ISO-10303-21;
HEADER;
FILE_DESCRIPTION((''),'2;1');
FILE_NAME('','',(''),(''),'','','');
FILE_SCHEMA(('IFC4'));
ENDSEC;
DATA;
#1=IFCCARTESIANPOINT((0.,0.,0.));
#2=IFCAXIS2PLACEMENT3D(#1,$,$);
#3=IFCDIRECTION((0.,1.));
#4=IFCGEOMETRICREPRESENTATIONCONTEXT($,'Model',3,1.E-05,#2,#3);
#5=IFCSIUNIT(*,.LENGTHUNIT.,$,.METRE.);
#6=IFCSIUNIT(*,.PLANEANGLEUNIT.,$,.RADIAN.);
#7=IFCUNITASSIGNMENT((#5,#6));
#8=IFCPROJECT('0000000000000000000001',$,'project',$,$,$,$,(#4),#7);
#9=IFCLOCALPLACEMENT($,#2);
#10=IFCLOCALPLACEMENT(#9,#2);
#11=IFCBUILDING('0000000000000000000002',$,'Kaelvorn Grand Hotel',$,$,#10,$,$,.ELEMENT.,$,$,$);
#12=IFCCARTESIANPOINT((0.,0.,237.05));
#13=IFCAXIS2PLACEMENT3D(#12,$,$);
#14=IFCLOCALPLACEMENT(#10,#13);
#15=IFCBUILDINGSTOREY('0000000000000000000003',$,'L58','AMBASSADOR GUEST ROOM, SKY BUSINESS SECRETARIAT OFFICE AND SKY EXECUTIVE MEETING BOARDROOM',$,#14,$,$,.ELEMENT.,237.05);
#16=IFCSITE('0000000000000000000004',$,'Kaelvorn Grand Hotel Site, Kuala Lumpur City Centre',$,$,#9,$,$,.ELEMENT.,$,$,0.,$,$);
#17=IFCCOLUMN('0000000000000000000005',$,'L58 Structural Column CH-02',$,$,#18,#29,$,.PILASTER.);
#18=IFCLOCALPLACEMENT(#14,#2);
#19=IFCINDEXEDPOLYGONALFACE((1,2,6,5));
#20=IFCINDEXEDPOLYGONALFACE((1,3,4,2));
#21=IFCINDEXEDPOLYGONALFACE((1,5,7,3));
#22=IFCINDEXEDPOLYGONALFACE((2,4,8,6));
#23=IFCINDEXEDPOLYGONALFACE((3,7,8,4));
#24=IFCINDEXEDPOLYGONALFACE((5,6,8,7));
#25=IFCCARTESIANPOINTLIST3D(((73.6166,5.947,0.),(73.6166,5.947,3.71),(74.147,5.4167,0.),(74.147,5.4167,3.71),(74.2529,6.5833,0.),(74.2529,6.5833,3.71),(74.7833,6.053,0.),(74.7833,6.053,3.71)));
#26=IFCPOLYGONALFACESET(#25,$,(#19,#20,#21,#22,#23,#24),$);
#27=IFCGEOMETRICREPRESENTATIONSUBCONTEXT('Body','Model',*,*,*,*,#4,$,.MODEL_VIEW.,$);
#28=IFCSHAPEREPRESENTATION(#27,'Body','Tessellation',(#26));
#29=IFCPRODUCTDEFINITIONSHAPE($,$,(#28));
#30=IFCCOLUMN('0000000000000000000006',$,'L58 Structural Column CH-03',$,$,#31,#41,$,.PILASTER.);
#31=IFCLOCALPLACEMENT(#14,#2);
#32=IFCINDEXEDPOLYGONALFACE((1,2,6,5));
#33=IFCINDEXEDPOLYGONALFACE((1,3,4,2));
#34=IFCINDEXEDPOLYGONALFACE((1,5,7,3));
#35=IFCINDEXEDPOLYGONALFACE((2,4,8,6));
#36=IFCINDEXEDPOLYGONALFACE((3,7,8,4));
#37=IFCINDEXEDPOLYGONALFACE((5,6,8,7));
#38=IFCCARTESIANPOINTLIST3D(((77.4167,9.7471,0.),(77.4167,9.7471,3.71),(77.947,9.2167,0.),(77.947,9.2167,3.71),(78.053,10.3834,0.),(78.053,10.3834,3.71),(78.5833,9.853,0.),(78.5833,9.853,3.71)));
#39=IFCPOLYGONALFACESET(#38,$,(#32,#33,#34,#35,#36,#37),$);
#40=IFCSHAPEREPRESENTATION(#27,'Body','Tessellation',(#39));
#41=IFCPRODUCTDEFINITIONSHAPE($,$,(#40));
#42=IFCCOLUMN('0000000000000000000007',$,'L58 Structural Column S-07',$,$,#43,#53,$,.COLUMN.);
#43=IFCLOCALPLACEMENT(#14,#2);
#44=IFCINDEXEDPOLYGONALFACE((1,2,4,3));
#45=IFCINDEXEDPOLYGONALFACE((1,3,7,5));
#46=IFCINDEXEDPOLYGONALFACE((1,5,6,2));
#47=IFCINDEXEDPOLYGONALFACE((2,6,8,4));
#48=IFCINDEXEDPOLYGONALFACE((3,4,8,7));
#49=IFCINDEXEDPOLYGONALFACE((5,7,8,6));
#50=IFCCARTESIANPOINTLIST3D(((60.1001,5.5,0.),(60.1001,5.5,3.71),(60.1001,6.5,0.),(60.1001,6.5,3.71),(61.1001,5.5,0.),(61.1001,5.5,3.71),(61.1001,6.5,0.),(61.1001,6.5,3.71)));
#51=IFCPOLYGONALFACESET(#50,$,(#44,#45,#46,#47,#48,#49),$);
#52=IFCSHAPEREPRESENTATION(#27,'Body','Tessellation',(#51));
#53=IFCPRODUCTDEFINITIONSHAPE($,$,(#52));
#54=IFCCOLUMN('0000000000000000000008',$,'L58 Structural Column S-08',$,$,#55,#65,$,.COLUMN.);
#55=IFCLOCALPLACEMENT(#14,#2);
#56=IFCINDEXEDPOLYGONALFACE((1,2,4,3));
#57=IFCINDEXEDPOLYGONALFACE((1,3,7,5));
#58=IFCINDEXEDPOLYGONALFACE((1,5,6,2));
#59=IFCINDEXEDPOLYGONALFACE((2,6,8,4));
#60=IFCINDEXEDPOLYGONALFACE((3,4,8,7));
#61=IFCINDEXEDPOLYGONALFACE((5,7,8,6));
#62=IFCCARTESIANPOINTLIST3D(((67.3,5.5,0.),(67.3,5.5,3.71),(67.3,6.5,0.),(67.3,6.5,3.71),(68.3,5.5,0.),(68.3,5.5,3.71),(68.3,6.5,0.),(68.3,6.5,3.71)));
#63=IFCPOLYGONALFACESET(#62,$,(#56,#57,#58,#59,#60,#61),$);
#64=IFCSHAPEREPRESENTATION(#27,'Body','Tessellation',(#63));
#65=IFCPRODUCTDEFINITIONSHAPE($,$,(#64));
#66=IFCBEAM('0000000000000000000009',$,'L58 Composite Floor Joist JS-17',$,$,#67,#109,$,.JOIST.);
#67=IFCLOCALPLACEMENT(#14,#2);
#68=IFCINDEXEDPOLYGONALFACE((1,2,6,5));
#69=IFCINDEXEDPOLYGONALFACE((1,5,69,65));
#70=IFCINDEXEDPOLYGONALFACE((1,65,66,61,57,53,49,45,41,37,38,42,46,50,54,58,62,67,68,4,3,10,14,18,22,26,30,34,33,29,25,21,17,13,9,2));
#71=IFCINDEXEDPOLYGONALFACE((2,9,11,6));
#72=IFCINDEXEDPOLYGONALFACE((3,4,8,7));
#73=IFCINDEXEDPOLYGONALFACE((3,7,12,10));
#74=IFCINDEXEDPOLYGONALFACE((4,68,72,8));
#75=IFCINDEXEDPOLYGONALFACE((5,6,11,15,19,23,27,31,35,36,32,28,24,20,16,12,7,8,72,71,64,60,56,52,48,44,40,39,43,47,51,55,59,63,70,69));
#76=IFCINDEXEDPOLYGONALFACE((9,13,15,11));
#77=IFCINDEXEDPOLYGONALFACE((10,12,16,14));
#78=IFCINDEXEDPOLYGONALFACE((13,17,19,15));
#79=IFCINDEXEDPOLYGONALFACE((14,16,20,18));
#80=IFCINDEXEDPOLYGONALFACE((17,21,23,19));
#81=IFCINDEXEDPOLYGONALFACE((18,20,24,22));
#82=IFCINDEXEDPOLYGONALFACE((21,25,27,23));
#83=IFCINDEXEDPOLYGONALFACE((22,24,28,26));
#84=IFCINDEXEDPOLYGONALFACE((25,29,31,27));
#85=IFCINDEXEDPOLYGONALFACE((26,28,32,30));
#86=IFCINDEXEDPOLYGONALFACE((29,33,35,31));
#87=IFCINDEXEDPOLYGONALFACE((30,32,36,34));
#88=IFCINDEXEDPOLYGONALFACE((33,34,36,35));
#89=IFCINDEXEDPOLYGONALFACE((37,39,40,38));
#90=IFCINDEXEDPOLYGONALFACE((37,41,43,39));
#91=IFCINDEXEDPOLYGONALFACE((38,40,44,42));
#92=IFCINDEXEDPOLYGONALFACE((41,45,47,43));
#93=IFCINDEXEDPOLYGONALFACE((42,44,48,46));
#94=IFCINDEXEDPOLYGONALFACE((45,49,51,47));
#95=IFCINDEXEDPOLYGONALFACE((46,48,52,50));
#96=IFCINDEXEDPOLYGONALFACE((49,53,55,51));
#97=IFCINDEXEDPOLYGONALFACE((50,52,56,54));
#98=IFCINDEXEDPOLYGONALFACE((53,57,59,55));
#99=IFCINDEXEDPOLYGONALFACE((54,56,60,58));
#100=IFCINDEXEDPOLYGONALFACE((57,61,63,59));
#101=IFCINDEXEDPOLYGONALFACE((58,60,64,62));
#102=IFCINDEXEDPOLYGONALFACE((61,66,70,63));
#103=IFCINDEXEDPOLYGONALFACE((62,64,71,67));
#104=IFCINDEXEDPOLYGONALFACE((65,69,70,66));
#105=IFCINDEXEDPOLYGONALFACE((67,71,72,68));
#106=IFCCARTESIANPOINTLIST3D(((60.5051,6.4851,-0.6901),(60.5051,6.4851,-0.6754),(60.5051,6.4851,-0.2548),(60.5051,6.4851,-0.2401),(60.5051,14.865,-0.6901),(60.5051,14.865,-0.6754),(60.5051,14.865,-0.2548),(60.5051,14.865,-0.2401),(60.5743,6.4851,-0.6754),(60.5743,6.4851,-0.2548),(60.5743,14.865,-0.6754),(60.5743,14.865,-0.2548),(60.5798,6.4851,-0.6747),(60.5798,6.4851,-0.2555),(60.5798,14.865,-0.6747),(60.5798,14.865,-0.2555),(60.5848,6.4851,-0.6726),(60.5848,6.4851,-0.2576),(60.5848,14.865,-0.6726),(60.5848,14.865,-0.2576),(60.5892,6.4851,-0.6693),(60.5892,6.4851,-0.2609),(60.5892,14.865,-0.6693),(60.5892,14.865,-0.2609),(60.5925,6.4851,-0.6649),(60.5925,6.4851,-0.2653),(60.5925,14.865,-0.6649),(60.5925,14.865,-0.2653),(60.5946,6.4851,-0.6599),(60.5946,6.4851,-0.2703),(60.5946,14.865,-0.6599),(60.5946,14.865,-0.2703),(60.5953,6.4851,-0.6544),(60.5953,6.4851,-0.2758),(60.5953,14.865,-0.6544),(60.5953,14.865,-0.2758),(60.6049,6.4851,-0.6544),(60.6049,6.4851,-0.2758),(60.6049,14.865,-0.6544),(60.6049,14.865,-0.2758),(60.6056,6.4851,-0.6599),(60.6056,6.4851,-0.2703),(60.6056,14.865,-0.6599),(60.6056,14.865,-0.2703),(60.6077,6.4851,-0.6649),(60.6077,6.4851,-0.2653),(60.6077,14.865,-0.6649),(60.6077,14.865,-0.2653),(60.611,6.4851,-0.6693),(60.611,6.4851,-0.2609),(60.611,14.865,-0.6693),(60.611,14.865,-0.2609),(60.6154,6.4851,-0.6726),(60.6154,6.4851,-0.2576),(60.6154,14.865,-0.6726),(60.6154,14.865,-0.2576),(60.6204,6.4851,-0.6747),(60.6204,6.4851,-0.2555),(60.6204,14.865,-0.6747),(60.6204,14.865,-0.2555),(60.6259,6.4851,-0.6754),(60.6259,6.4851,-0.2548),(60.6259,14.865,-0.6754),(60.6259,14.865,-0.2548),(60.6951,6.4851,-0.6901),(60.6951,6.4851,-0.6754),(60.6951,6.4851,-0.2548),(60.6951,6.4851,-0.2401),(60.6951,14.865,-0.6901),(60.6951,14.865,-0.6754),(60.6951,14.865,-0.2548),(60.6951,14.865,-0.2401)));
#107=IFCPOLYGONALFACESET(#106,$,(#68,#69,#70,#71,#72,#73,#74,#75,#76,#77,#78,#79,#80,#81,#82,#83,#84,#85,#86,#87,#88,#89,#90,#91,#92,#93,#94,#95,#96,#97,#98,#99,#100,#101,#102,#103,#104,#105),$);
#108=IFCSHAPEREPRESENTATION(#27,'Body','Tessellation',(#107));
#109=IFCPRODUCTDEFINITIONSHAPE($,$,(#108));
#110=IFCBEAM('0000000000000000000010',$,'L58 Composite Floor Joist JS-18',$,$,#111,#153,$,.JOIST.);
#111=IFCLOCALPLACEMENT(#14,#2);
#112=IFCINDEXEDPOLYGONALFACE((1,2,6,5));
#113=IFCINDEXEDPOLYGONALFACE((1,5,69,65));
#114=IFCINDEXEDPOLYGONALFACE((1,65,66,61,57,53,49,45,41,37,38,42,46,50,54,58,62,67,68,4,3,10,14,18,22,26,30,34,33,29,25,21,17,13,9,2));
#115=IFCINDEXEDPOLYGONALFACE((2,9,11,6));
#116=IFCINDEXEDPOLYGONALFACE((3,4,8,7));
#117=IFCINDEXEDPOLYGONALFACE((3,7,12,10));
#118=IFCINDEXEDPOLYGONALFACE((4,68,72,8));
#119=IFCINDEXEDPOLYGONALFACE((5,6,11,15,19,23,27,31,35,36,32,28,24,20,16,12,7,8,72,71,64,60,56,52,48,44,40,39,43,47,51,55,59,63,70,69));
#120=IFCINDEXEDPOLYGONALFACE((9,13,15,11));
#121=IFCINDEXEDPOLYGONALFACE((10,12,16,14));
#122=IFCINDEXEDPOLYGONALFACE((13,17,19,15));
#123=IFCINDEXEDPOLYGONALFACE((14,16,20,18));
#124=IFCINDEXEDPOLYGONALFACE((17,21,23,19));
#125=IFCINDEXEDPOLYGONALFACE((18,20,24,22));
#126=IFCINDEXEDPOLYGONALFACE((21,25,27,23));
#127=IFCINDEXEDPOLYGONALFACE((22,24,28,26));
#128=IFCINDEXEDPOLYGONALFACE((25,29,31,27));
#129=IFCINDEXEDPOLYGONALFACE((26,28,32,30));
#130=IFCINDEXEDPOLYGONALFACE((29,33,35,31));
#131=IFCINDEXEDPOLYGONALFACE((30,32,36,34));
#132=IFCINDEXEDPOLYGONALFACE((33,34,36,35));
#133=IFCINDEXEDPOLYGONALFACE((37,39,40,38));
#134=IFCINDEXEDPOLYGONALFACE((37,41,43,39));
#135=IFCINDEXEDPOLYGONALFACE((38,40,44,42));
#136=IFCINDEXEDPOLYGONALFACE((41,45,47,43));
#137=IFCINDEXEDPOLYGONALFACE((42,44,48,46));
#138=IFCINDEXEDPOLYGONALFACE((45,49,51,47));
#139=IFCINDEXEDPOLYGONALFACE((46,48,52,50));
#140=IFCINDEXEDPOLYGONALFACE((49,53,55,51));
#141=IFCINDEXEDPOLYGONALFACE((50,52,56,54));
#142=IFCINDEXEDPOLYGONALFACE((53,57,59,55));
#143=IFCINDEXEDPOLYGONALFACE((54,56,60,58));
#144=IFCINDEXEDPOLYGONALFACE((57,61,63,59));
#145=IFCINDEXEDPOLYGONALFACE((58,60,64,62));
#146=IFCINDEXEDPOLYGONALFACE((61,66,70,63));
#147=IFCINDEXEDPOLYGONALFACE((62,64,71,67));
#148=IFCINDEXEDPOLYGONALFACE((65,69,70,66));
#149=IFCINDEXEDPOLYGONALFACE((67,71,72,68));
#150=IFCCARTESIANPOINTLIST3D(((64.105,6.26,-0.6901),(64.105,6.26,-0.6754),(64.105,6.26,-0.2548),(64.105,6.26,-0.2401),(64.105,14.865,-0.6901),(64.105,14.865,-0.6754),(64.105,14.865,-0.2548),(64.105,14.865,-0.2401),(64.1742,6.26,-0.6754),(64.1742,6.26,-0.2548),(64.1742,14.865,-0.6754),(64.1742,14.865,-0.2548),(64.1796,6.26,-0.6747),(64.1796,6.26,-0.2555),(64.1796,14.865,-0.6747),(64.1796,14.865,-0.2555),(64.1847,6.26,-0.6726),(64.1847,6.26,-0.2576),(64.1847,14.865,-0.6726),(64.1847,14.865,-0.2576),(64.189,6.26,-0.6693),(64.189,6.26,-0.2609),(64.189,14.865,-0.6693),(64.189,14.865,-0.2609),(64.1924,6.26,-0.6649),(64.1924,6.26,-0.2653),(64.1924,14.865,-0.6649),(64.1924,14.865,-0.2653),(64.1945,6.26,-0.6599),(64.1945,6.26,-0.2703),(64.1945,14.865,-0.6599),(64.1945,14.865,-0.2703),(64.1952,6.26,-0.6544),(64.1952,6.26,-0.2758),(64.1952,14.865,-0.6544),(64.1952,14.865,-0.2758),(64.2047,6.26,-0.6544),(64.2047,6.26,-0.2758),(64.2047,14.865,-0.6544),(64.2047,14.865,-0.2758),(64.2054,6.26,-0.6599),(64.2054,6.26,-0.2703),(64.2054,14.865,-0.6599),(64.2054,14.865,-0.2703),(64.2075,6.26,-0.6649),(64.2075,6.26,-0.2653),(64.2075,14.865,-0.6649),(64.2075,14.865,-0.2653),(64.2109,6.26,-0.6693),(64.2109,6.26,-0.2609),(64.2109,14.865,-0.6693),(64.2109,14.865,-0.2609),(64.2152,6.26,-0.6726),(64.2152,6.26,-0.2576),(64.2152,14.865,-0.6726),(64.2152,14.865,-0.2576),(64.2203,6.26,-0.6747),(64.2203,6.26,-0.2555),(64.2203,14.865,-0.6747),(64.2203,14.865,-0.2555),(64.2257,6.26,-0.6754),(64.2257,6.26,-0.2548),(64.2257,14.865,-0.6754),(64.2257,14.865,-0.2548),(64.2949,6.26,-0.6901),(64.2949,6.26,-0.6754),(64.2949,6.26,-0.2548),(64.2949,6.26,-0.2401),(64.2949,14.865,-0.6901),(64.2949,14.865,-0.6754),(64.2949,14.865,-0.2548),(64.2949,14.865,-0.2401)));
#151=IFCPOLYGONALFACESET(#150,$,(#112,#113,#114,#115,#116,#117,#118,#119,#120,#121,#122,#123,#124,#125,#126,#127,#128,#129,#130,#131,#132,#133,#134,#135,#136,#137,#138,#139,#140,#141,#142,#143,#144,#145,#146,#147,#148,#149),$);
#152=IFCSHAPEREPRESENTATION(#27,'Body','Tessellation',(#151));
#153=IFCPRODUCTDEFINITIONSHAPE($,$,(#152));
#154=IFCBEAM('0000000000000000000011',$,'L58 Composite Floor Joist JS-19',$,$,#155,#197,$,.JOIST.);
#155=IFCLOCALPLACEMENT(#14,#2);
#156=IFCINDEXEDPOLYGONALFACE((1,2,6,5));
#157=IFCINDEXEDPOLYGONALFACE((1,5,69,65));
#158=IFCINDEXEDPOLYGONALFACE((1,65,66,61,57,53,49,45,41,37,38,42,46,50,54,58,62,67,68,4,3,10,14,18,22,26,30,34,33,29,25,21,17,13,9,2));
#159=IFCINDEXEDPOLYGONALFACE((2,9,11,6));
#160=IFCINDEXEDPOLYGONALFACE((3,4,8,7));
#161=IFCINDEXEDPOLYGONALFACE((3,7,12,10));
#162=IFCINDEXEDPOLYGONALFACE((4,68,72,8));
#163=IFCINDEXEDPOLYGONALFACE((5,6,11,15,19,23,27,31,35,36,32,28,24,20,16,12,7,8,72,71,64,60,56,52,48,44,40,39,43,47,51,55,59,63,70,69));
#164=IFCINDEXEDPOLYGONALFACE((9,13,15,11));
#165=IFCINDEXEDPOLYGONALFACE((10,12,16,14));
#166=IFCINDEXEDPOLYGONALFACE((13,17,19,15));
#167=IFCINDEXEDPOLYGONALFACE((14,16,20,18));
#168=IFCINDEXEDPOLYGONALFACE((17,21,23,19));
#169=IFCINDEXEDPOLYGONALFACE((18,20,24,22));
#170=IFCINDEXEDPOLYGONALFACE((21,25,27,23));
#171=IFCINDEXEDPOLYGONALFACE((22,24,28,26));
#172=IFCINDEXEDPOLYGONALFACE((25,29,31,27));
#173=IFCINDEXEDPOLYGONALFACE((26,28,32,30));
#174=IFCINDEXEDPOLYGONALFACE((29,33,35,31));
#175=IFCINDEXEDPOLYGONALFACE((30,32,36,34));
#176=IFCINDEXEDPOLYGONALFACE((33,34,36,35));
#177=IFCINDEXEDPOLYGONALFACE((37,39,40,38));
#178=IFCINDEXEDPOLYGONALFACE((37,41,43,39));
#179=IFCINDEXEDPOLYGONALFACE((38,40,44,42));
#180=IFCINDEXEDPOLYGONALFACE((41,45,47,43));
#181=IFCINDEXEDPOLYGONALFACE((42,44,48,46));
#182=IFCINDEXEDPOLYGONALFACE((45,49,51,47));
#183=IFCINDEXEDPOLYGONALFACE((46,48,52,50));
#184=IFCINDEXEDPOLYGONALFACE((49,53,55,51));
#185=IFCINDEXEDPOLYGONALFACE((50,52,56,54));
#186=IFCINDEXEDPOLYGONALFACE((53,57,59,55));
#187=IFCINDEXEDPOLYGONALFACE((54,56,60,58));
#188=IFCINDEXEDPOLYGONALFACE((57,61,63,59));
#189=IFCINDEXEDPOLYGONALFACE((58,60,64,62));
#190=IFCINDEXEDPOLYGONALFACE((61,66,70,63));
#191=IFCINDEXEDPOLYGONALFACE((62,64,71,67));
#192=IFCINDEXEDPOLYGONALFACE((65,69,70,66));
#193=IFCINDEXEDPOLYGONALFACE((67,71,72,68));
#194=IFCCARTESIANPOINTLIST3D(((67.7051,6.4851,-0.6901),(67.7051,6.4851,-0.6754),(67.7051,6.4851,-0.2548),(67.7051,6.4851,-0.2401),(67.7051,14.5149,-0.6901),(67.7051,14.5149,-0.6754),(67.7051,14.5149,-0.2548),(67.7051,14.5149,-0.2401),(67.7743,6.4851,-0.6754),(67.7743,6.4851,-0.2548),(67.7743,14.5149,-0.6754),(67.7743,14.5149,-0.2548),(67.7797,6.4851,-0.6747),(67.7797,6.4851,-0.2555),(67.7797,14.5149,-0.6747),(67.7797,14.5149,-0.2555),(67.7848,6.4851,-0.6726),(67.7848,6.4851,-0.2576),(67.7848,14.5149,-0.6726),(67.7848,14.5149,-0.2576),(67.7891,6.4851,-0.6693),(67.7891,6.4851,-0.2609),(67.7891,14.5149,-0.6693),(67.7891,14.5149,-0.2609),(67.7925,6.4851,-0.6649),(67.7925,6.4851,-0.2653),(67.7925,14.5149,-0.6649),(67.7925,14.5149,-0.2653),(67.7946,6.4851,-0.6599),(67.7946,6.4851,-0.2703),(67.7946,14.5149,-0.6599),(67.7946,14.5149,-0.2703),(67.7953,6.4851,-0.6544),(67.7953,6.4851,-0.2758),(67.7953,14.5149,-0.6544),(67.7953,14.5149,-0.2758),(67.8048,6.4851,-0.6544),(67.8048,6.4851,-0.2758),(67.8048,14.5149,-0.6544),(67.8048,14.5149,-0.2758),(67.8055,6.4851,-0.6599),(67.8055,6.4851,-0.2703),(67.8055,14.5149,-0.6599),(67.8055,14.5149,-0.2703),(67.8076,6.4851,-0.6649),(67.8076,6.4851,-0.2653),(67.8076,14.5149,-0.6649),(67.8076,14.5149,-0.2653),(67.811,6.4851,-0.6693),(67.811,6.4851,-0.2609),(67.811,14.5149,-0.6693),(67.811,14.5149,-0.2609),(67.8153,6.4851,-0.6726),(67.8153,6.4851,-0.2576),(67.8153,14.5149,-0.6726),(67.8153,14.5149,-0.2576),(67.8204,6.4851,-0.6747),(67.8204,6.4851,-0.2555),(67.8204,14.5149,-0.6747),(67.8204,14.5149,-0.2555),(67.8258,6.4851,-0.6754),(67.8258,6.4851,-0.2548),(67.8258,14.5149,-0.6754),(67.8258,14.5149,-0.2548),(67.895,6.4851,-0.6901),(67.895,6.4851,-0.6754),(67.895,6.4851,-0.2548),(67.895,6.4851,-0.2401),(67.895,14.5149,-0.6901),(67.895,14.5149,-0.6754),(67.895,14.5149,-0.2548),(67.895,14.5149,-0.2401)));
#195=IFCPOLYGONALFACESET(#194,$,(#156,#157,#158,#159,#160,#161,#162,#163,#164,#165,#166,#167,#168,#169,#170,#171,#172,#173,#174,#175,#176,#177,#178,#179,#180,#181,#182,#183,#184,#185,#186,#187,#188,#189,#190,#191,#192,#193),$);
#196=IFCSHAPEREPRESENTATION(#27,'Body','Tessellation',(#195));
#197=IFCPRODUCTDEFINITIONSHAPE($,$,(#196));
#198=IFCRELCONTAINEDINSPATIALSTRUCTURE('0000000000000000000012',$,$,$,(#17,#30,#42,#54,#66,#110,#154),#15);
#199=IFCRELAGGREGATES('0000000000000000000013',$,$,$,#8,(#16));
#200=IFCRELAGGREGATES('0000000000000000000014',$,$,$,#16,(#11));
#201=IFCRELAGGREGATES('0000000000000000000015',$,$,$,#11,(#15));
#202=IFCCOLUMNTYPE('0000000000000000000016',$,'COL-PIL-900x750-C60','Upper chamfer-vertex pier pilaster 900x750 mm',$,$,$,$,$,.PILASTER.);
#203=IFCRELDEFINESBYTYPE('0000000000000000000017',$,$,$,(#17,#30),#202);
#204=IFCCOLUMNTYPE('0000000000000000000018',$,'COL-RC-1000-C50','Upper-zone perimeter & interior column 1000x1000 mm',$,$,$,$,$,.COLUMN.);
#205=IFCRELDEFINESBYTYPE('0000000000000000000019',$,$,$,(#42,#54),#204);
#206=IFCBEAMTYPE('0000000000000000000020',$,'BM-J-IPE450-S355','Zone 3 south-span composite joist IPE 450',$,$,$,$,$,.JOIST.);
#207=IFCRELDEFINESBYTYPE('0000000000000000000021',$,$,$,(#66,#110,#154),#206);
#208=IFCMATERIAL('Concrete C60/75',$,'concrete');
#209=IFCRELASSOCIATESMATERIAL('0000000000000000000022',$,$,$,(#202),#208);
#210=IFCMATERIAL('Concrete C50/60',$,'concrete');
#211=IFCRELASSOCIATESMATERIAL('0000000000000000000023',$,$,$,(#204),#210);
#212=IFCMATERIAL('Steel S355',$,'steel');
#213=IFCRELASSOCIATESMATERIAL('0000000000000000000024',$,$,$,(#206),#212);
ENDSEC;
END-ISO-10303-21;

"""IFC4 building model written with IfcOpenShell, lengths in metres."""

from ifc_helpers import new_model, si_unit, direction, frame, origin, origin_2d, place, context, subcontext, project, spatial, rectangle, i_section, extrude, material, material_profile, profile_set, type_object, element, save


model = new_model("IFC4")

# Units and contexts
model_context = context("Model", 3, precision=1e-05, world=origin(), true_north=direction((0.0, 1.0)))
body_context = subcontext(model_context, "Body", "Model", "MODEL_VIEW")
ifc_project = project(units=[si_unit("LENGTHUNIT", "METRE"), si_unit("PLANEANGLEUNIT", "RADIAN")], contexts=[model_context])

# Site, building, storey
site_placement = place(None, origin())
site = spatial("IfcSite", under=ifc_project, at=site_placement, Name="Kaelvorn Grand Hotel Site, Kuala Lumpur City Centre", CompositionType="ELEMENT", RefElevation=0.0)
building_placement = place(site_placement, origin())
building = spatial("IfcBuilding", under=site, at=building_placement, Name="Kaelvorn Grand Hotel", CompositionType="ELEMENT")
storey_placement = place(building_placement, frame((0.0, 0.0, 237.05)))
storey = spatial("IfcBuildingStorey", under=building, at=storey_placement, Name="L58", Description="AMBASSADOR GUEST ROOM, SKY BUSINESS SECRETARIAT OFFICE AND SKY EXECUTIVE MEETING BOARDROOM", CompositionType="ELEMENT", Elevation=237.05)

# Columns
ifc_material_1 = material(Name="Concrete C60/75", Category="concrete")
ifc_material_profile_1 = material_profile(ifc_material_1, rectangle(XDim=0.8999, YDim=0.75, at=origin_2d()), Name="RC PILASTER 900x750")
ifc_profile_set_1 = profile_set([ifc_material_profile_1], Name="Concrete C60/75")
column_type_1 = type_object("IfcColumnType", Name="COL-PIL-900x750-C60", Description="Upper chamfer-vertex pier pilaster 900x750 mm", PredefinedType="PILASTER", material=ifc_profile_set_1)
for number, where, z_axis, x_axis, name in (
    (1, (74.2, 6.0, 0.0), (0.0, 0.0, 1.0), (0.707107, 0.707107, 0.0), "L58 Structural Column CH-02"),
    (2, (78.0, 9.8, 0.0), (0.0, 0.0, 1.0), (0.707107, 0.707107, 0.0), "L58 Structural Column CH-03"),
):
    element("IfcColumn", number, at=place(storey_placement, frame(where, z_axis=z_axis, x_axis=x_axis)), inside=storey, type_object=column_type_1, Name=name, PredefinedType="PILASTER", context=body_context, shape_type="SweptSolid", body=[
        extrude(rectangle(XDim=0.8999, YDim=0.75, at=origin_2d()), origin(), (0.0, 0.0, 1.0), 3.71),
    ])
ifc_material_2 = material(Name="Concrete C50/60", Category="concrete")
ifc_material_profile_2 = material_profile(ifc_material_2, rectangle(XDim=1.0, YDim=1.0, at=origin_2d()), Name="RC COL 1000x1000")
ifc_profile_set_2 = profile_set([ifc_material_profile_2], Name="Concrete C50/60")
column_type_2 = type_object("IfcColumnType", Name="COL-RC-1000-C50", Description="Upper-zone perimeter & interior column 1000x1000 mm", PredefinedType="COLUMN", material=ifc_profile_set_2)
for number, where, z_axis, x_axis, name in (
    (3, (60.6001, 6.0, 0.0), (0.0, 0.0, 1.0), (1.0, 0.0, 0.0), "L58 Structural Column S-07"),
    (4, (67.8, 6.0, 0.0), (0.0, 0.0, 1.0), (1.0, 0.0, 0.0), "L58 Structural Column S-08"),
):
    element("IfcColumn", number, at=place(storey_placement, frame(where, z_axis=z_axis, x_axis=x_axis)), inside=storey, type_object=column_type_2, Name=name, PredefinedType="COLUMN", context=body_context, shape_type="SweptSolid", body=[
        extrude(rectangle(XDim=1.0, YDim=1.0, at=origin_2d()), origin(), (0.0, 0.0, 1.0), 3.71),
    ])

# Beams
ifc_material_3 = material(Name="Steel S355", Category="steel")
ifc_material_profile_3 = material_profile(ifc_material_3, i_section(OverallWidth=0.1899, OverallDepth=0.45, WebThickness=0.0095, FlangeThickness=0.0146, FilletRadius=0.021, at=origin_2d()), Name="IPE 450")
ifc_profile_set_3 = profile_set([ifc_material_profile_3], Name="Steel S355")
beam_type_1 = type_object("IfcBeamType", Name="BM-J-IPE450-S355", Description="Zone 3 south-span composite joist IPE 450", PredefinedType="JOIST", material=ifc_profile_set_3)
beam_1_placement = place(storey_placement, frame((60.6001, 6.4851, -0.4651), z_axis=(0.0, 1.0, 0.0), x_axis=(-1.0, 0.0, 0.0)))
element("IfcBeam", 5, at=beam_1_placement, inside=storey, type_object=beam_type_1, Name="L58 Composite Floor Joist JS-17", PredefinedType="JOIST", context=body_context, shape_type="SweptSolid", body=[
    extrude(i_section(OverallWidth=0.1899, OverallDepth=0.45, WebThickness=0.0095, FlangeThickness=0.0146, FilletRadius=0.021, at=origin_2d()), origin(), (0.0, 0.0, 1.0), 8.3799),
])
beam_2_placement = place(storey_placement, frame((64.2, 6.26, -0.4651), z_axis=(0.0, 1.0, 0.0), x_axis=(-1.0, 0.0, 0.0)))
element("IfcBeam", 6, at=beam_2_placement, inside=storey, type_object=beam_type_1, Name="L58 Composite Floor Joist JS-18", PredefinedType="JOIST", context=body_context, shape_type="SweptSolid", body=[
    extrude(i_section(OverallWidth=0.1899, OverallDepth=0.45, WebThickness=0.0095, FlangeThickness=0.0146, FilletRadius=0.021, at=origin_2d()), origin(), (0.0, 0.0, 1.0), 8.605),
])
beam_3_placement = place(storey_placement, frame((67.8, 6.4851, -0.4651), z_axis=(0.0, 1.0, 0.0), x_axis=(-1.0, 0.0, 0.0)))
element("IfcBeam", 7, at=beam_3_placement, inside=storey, type_object=beam_type_1, Name="L58 Composite Floor Joist JS-19", PredefinedType="JOIST", context=body_context, shape_type="SweptSolid", body=[
    extrude(i_section(OverallWidth=0.1899, OverallDepth=0.45, WebThickness=0.0095, FlangeThickness=0.0146, FilletRadius=0.021, at=origin_2d()), origin(), (0.0, 0.0, 1.0), 8.0298),
])

save(model, "model.ifc")
